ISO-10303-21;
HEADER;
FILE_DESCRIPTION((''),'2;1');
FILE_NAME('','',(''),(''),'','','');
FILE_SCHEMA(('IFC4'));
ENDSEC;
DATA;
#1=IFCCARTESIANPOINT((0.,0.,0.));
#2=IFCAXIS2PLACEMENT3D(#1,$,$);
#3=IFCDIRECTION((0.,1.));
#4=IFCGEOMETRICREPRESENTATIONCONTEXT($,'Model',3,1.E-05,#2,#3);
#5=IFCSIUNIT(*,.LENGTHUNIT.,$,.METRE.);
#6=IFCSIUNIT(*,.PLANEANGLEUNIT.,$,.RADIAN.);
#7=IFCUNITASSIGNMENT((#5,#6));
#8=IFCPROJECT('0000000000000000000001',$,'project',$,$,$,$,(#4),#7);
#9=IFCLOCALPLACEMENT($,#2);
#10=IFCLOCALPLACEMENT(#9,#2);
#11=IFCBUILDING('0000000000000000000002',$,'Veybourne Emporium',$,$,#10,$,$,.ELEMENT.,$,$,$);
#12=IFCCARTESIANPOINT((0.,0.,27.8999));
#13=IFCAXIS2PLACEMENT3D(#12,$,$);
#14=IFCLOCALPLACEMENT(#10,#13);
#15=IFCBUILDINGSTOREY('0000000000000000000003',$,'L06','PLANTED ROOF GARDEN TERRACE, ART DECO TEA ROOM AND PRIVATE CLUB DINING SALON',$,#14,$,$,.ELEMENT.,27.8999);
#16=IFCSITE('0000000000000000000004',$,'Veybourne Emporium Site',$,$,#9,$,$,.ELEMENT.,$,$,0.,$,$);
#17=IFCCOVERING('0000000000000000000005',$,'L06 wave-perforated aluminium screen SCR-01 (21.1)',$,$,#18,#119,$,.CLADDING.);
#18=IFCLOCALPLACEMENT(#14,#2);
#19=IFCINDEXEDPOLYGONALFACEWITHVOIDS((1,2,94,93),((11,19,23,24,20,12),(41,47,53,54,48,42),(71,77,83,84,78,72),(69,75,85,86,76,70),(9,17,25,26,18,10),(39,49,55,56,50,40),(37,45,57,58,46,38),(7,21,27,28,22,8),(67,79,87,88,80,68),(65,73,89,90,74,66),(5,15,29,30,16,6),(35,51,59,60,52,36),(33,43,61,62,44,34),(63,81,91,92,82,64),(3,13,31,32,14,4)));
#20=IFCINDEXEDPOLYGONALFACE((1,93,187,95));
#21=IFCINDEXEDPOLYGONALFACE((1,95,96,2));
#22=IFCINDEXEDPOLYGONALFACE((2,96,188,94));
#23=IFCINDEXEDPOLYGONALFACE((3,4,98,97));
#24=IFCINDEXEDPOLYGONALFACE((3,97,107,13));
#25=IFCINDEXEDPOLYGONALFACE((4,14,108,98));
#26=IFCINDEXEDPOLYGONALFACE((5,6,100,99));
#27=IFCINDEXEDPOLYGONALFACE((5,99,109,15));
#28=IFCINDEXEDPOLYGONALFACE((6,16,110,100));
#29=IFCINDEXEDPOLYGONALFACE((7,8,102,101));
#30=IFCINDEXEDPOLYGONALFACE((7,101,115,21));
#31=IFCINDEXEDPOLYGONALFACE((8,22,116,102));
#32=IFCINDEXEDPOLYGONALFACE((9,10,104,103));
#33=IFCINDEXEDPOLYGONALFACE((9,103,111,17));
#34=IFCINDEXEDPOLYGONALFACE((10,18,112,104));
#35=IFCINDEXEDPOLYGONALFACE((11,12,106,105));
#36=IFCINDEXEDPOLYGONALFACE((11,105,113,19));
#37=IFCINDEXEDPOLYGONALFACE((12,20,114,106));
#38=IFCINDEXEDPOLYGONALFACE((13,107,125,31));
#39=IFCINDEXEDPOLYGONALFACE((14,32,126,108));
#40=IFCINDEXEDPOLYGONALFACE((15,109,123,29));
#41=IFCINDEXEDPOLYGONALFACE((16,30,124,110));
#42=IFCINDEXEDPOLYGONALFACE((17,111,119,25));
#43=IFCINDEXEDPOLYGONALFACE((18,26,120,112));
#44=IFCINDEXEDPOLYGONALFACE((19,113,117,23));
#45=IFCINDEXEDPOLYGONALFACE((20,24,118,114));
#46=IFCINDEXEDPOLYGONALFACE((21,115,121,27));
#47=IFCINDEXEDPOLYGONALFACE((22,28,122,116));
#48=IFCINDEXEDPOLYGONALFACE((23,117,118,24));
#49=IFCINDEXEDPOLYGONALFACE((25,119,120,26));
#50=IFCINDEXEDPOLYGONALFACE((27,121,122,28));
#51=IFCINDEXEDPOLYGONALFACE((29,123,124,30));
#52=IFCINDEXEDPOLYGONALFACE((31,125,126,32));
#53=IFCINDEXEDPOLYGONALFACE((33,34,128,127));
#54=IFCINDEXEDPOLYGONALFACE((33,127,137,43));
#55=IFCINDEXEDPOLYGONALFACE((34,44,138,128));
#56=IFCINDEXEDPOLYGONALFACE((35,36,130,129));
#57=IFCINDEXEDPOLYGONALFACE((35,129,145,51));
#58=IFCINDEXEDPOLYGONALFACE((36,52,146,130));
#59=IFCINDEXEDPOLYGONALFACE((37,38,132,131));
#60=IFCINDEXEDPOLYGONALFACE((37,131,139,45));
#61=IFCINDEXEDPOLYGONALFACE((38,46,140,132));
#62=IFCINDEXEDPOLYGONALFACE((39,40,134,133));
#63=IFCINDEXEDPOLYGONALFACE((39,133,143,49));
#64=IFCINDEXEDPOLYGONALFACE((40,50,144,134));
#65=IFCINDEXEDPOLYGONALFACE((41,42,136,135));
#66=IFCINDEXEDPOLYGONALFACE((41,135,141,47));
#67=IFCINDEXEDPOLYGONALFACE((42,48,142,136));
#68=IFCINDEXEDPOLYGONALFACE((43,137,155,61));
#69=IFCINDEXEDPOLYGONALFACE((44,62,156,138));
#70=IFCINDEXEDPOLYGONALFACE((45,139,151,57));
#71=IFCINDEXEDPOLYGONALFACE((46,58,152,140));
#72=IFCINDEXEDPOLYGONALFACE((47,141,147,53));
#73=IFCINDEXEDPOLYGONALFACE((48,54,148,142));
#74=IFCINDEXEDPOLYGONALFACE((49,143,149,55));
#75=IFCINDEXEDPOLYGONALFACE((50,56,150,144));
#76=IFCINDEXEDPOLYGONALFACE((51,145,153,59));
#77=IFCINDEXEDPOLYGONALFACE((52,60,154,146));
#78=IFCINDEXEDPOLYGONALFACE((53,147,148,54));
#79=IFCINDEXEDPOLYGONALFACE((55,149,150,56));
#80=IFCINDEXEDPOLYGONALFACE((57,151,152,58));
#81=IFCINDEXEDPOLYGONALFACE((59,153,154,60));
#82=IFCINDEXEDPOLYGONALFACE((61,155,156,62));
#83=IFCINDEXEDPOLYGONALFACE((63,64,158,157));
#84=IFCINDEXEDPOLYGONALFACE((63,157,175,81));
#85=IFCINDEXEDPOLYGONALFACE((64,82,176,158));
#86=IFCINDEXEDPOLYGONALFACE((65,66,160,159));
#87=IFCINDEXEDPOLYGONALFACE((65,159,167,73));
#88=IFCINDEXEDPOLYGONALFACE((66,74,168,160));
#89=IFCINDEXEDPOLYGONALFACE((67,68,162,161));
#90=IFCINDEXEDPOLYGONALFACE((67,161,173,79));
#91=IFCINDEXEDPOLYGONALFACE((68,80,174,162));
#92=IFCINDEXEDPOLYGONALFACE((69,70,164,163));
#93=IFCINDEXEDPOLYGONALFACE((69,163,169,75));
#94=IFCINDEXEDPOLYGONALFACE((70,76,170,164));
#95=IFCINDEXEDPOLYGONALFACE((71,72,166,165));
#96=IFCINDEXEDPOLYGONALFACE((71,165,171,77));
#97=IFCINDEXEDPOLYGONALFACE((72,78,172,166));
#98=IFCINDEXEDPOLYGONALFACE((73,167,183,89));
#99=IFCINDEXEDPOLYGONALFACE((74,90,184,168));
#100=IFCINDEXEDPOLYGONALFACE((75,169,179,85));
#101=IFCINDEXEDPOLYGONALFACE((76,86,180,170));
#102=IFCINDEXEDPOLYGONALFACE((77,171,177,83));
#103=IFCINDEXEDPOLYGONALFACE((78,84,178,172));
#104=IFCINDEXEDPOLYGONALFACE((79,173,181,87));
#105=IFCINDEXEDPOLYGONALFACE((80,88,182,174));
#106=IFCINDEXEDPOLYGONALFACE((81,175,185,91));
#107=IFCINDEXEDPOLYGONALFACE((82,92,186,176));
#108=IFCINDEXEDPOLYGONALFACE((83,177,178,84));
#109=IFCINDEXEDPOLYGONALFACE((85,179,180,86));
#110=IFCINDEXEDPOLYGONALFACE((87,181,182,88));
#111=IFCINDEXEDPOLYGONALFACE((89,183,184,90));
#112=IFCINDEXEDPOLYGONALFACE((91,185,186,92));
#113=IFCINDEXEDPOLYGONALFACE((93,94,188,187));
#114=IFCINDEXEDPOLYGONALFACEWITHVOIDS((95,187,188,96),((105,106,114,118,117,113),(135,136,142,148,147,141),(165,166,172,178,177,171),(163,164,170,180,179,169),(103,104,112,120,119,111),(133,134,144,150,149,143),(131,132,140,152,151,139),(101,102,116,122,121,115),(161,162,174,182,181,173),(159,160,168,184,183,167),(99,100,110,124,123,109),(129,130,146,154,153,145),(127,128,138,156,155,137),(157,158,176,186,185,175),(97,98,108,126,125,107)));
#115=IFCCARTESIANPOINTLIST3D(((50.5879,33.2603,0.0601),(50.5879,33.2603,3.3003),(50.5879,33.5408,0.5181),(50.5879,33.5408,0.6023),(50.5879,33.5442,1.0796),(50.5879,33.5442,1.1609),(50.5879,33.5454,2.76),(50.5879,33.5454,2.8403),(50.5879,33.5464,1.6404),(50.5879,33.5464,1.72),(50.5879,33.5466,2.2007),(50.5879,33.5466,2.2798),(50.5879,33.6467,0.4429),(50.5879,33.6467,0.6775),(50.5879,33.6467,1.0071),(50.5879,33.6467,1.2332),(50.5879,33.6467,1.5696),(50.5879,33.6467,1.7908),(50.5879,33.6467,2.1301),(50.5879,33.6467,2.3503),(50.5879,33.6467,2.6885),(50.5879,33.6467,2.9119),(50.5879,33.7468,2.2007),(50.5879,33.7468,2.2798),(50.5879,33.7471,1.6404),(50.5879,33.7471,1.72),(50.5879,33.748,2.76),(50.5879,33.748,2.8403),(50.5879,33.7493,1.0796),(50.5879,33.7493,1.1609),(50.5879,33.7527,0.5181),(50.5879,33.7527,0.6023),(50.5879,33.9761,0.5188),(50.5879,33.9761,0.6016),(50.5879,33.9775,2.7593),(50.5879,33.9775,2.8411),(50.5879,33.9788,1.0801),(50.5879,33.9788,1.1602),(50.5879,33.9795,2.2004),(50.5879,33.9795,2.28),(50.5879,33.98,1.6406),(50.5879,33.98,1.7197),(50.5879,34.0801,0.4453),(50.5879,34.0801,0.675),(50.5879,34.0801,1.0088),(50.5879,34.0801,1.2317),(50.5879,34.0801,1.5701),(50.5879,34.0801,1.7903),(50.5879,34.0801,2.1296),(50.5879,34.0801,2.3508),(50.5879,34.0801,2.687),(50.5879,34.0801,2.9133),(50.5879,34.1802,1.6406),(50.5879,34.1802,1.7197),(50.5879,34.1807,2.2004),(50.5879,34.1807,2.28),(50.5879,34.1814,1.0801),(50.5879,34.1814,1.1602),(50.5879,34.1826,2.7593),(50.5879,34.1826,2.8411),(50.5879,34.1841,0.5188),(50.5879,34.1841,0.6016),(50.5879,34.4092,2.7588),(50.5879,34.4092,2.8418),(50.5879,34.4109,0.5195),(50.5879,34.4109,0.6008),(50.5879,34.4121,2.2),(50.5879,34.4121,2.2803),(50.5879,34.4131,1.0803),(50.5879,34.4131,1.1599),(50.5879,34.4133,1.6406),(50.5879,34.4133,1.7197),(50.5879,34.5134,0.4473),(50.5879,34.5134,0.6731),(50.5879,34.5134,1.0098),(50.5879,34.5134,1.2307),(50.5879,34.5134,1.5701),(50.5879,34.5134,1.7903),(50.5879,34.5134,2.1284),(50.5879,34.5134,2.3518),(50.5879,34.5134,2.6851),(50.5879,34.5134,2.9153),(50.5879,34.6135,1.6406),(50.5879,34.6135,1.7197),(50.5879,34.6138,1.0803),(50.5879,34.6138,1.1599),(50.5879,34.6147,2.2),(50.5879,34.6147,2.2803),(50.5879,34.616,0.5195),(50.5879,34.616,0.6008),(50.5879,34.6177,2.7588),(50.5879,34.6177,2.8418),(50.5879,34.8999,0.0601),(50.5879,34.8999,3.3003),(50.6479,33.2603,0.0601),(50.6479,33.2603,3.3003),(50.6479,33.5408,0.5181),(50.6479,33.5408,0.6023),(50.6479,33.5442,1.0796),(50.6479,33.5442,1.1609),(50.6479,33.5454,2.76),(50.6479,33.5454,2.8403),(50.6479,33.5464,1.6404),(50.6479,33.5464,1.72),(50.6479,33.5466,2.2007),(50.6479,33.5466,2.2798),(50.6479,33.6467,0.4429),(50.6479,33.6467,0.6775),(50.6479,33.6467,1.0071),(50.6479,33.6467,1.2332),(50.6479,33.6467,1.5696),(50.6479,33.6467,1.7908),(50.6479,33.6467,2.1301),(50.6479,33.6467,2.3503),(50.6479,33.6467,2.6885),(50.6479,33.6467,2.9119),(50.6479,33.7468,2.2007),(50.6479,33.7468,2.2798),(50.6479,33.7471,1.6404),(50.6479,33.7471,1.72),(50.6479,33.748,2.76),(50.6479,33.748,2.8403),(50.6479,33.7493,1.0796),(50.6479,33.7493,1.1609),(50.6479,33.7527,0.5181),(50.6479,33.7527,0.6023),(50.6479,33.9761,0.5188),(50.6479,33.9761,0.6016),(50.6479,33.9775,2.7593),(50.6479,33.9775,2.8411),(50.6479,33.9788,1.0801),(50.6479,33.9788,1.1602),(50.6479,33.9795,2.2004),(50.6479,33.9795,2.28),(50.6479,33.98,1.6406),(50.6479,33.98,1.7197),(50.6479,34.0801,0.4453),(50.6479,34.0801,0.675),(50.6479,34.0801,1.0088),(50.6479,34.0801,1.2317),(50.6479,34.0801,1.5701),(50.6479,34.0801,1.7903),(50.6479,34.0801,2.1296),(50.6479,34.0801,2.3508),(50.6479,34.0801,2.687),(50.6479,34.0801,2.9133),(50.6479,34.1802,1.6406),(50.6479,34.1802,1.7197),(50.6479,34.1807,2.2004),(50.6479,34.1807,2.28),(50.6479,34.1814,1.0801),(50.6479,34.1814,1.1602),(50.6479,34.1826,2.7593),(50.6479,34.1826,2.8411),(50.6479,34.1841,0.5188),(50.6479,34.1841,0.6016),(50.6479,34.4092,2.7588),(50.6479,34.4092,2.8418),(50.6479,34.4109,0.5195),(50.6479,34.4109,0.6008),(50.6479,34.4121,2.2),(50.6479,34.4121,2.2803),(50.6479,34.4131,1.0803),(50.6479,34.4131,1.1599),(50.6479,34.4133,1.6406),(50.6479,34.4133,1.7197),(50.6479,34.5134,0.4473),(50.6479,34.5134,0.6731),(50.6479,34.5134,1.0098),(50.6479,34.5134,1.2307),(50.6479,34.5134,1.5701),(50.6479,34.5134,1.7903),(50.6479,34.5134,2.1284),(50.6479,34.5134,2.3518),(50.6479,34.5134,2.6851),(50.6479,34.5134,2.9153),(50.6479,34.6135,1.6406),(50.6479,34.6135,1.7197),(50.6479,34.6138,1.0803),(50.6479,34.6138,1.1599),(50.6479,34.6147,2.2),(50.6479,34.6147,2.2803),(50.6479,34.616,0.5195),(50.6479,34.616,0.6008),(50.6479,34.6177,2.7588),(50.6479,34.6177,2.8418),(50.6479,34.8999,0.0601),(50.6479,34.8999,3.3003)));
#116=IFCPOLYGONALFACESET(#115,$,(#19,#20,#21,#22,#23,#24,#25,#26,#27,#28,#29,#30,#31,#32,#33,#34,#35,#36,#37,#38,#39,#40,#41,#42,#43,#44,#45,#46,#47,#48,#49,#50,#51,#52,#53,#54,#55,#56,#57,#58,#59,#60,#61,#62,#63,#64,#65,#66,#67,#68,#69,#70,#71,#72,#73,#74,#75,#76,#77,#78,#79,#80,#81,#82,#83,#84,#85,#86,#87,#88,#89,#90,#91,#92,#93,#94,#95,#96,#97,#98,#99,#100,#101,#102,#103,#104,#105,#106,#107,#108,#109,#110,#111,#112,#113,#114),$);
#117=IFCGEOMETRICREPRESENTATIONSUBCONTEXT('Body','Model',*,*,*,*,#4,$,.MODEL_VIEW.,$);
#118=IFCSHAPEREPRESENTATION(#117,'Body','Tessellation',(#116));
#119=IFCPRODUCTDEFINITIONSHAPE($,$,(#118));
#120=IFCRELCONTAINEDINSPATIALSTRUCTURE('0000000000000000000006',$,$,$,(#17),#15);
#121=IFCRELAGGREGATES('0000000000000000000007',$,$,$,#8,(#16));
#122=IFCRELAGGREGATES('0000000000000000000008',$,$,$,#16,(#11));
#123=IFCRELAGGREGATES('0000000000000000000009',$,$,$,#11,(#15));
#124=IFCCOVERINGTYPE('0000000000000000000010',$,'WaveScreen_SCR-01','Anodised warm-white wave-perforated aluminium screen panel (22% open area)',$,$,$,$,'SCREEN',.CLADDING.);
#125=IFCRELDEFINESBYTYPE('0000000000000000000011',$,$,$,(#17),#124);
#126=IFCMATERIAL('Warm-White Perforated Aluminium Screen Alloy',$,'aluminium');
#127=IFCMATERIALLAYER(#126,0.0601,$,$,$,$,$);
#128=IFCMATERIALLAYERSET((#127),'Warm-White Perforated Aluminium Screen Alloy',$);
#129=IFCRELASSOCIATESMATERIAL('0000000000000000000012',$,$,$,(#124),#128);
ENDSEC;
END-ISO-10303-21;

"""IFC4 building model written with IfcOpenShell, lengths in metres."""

from ifc_helpers import new_model, si_unit, direction, frame, origin, place, context, subcontext, project, spatial, polyline, outline, extrude, material, layer, layer_set, type_object, element, save


model = new_model("IFC4")

# Units and contexts
model_context = context("Model", 3, precision=1e-05, world=origin(), true_north=direction((0.0, 1.0)))
body_context = subcontext(model_context, "Body", "Model", "MODEL_VIEW")
ifc_project = project(units=[si_unit("LENGTHUNIT", "METRE"), si_unit("PLANEANGLEUNIT", "RADIAN")], contexts=[model_context])

# Site, building, storey
site_placement = place(None, origin())
site = spatial("IfcSite", under=ifc_project, at=site_placement, Name="Veybourne Emporium Site", CompositionType="ELEMENT", RefElevation=0.0)
building_placement = place(site_placement, origin())
building = spatial("IfcBuilding", under=site, at=building_placement, Name="Veybourne Emporium", CompositionType="ELEMENT")
storey_placement = place(building_placement, frame((0.0, 0.0, 27.8999)))
storey = spatial("IfcBuildingStorey", under=building, at=storey_placement, Name="L06", Description="PLANTED ROOF GARDEN TERRACE, ART DECO TEA ROOM AND PRIVATE CLUB DINING SALON", CompositionType="ELEMENT", Elevation=27.8999)

# Covering
ifc_material_1 = material(Name="Warm-White Perforated Aluminium Screen Alloy", Category="aluminium")
ifc_layer_1 = layer(ifc_material_1, 0.0601)
ifc_layer_set_1 = layer_set([ifc_layer_1], Name="Warm-White Perforated Aluminium Screen Alloy")
covering_type_1 = type_object("IfcCoveringType", Name="WaveScreen_SCR-01", Description="Anodised warm-white wave-perforated aluminium screen panel (22% open area)", ElementType="SCREEN", PredefinedType="CLADDING", material=ifc_layer_set_1)
covering_1_placement = place(storey_placement, frame((50.6479, 34.0801, 1.6802), z_axis=(-1.0, 0.0, 0.0), x_axis=(0.0, -1.0, 0.0)))
element("IfcCovering", 1, at=covering_1_placement, inside=storey, type_object=covering_type_1, Name="L06 wave-perforated aluminium screen SCR-01 (21.1)", PredefinedType="CLADDING", context=body_context, shape_type="SweptSolid", body=[
    extrude(outline(polyline([(-0.8198, -1.6201), (0.8198, -1.6201), (0.8198, 1.6201), (-0.8198, 1.6201), (-0.8198, -1.6201)]), holes=[polyline([(-0.4333, -1.0071), (-0.3308, -1.0793), (-0.3308, -1.1606), (-0.4333, -1.2329), (-0.5359, -1.1606), (-0.5359, -1.0793), (-0.4333, -1.0071)]), polyline([(-0.4333, -0.4495), (-0.333, -0.5203), (-0.333, -0.5999), (-0.4333, -0.6704), (-0.5337, -0.5999), (-0.5337, -0.5203), (-0.4333, -0.4495)]), polyline([(-0.4333, 0.1101), (-0.3333, 0.0396), (-0.3333, -0.0396), (-0.4333, -0.1101), (-0.5334, -0.0396), (-0.5334, 0.0396), (-0.4333, 0.1101)]), polyline([(-0.4333, 0.6716), (-0.332, 0.6001), (-0.332, 0.5198), (-0.4333, 0.4482), (-0.5347, 0.5198), (-0.5347, 0.6001), (-0.4333, 0.6716)]), polyline([(-0.4333, 1.2351), (-0.3291, 1.1616), (-0.3291, 1.0786), (-0.4333, 1.0049), (-0.5376, 1.0786), (-0.5376, 1.1616), (-0.4333, 1.2351)]), polyline([(0.0, -1.0051), (0.104, -1.0786), (0.104, -1.1614), (0.0, -1.2349), (-0.104, -1.1614), (-0.104, -1.0786), (0.0, -1.0051)]), polyline([(0.0, -0.4485), (0.1013, -0.52), (0.1013, -0.6001), (0.0, -0.6714), (-0.1013, -0.6001), (-0.1013, -0.52), (0.0, -0.4485)]), polyline([(0.0, 0.1101), (0.1001, 0.0396), (0.1001, -0.0396), (0.0, -0.1101), (-0.1001, -0.0396), (-0.1001, 0.0396), (0.0, 0.1101)]), polyline([(0.0, 0.6707), (0.1006, 0.5999), (0.1006, 0.5203), (0.0, 0.4495), (-0.1006, 0.5203), (-0.1006, 0.5999), (0.0, 0.6707)]), polyline([(0.0, 1.2332), (0.1025, 1.1609), (0.1025, 1.0791), (0.0, 1.0068), (-0.1025, 1.0791), (-0.1025, 1.1609), (0.0, 1.2332)]), polyline([(0.4333, -1.0027), (0.5393, -1.0779), (0.5393, -1.1621), (0.4333, -1.2373), (0.3274, -1.1621), (0.3274, -1.0779), (0.4333, -1.0027)]), polyline([(0.4333, -0.447), (0.5359, -0.5193), (0.5359, -0.6006), (0.4333, -0.6731), (0.3308, -0.6006), (0.3308, -0.5193), (0.4333, -0.447)]), polyline([(0.4333, 0.1106), (0.5337, 0.0398), (0.5337, -0.0398), (0.4333, -0.1106), (0.333, -0.0398), (0.333, 0.0398), (0.4333, 0.1106)]), polyline([(0.4333, 0.6702), (0.5334, 0.5996), (0.5334, 0.5205), (0.4333, 0.45), (0.3333, 0.5205), (0.3333, 0.5996), (0.4333, 0.6702)]), polyline([(0.4333, 1.2317), (0.5347, 1.1602), (0.5347, 1.0798), (0.4333, 1.0083), (0.332, 1.0798), (0.332, 1.1602), (0.4333, 1.2317)])]), origin(), (0.0, 0.0, 1.0), 0.0601),
])

save(model, "model.ifc")
